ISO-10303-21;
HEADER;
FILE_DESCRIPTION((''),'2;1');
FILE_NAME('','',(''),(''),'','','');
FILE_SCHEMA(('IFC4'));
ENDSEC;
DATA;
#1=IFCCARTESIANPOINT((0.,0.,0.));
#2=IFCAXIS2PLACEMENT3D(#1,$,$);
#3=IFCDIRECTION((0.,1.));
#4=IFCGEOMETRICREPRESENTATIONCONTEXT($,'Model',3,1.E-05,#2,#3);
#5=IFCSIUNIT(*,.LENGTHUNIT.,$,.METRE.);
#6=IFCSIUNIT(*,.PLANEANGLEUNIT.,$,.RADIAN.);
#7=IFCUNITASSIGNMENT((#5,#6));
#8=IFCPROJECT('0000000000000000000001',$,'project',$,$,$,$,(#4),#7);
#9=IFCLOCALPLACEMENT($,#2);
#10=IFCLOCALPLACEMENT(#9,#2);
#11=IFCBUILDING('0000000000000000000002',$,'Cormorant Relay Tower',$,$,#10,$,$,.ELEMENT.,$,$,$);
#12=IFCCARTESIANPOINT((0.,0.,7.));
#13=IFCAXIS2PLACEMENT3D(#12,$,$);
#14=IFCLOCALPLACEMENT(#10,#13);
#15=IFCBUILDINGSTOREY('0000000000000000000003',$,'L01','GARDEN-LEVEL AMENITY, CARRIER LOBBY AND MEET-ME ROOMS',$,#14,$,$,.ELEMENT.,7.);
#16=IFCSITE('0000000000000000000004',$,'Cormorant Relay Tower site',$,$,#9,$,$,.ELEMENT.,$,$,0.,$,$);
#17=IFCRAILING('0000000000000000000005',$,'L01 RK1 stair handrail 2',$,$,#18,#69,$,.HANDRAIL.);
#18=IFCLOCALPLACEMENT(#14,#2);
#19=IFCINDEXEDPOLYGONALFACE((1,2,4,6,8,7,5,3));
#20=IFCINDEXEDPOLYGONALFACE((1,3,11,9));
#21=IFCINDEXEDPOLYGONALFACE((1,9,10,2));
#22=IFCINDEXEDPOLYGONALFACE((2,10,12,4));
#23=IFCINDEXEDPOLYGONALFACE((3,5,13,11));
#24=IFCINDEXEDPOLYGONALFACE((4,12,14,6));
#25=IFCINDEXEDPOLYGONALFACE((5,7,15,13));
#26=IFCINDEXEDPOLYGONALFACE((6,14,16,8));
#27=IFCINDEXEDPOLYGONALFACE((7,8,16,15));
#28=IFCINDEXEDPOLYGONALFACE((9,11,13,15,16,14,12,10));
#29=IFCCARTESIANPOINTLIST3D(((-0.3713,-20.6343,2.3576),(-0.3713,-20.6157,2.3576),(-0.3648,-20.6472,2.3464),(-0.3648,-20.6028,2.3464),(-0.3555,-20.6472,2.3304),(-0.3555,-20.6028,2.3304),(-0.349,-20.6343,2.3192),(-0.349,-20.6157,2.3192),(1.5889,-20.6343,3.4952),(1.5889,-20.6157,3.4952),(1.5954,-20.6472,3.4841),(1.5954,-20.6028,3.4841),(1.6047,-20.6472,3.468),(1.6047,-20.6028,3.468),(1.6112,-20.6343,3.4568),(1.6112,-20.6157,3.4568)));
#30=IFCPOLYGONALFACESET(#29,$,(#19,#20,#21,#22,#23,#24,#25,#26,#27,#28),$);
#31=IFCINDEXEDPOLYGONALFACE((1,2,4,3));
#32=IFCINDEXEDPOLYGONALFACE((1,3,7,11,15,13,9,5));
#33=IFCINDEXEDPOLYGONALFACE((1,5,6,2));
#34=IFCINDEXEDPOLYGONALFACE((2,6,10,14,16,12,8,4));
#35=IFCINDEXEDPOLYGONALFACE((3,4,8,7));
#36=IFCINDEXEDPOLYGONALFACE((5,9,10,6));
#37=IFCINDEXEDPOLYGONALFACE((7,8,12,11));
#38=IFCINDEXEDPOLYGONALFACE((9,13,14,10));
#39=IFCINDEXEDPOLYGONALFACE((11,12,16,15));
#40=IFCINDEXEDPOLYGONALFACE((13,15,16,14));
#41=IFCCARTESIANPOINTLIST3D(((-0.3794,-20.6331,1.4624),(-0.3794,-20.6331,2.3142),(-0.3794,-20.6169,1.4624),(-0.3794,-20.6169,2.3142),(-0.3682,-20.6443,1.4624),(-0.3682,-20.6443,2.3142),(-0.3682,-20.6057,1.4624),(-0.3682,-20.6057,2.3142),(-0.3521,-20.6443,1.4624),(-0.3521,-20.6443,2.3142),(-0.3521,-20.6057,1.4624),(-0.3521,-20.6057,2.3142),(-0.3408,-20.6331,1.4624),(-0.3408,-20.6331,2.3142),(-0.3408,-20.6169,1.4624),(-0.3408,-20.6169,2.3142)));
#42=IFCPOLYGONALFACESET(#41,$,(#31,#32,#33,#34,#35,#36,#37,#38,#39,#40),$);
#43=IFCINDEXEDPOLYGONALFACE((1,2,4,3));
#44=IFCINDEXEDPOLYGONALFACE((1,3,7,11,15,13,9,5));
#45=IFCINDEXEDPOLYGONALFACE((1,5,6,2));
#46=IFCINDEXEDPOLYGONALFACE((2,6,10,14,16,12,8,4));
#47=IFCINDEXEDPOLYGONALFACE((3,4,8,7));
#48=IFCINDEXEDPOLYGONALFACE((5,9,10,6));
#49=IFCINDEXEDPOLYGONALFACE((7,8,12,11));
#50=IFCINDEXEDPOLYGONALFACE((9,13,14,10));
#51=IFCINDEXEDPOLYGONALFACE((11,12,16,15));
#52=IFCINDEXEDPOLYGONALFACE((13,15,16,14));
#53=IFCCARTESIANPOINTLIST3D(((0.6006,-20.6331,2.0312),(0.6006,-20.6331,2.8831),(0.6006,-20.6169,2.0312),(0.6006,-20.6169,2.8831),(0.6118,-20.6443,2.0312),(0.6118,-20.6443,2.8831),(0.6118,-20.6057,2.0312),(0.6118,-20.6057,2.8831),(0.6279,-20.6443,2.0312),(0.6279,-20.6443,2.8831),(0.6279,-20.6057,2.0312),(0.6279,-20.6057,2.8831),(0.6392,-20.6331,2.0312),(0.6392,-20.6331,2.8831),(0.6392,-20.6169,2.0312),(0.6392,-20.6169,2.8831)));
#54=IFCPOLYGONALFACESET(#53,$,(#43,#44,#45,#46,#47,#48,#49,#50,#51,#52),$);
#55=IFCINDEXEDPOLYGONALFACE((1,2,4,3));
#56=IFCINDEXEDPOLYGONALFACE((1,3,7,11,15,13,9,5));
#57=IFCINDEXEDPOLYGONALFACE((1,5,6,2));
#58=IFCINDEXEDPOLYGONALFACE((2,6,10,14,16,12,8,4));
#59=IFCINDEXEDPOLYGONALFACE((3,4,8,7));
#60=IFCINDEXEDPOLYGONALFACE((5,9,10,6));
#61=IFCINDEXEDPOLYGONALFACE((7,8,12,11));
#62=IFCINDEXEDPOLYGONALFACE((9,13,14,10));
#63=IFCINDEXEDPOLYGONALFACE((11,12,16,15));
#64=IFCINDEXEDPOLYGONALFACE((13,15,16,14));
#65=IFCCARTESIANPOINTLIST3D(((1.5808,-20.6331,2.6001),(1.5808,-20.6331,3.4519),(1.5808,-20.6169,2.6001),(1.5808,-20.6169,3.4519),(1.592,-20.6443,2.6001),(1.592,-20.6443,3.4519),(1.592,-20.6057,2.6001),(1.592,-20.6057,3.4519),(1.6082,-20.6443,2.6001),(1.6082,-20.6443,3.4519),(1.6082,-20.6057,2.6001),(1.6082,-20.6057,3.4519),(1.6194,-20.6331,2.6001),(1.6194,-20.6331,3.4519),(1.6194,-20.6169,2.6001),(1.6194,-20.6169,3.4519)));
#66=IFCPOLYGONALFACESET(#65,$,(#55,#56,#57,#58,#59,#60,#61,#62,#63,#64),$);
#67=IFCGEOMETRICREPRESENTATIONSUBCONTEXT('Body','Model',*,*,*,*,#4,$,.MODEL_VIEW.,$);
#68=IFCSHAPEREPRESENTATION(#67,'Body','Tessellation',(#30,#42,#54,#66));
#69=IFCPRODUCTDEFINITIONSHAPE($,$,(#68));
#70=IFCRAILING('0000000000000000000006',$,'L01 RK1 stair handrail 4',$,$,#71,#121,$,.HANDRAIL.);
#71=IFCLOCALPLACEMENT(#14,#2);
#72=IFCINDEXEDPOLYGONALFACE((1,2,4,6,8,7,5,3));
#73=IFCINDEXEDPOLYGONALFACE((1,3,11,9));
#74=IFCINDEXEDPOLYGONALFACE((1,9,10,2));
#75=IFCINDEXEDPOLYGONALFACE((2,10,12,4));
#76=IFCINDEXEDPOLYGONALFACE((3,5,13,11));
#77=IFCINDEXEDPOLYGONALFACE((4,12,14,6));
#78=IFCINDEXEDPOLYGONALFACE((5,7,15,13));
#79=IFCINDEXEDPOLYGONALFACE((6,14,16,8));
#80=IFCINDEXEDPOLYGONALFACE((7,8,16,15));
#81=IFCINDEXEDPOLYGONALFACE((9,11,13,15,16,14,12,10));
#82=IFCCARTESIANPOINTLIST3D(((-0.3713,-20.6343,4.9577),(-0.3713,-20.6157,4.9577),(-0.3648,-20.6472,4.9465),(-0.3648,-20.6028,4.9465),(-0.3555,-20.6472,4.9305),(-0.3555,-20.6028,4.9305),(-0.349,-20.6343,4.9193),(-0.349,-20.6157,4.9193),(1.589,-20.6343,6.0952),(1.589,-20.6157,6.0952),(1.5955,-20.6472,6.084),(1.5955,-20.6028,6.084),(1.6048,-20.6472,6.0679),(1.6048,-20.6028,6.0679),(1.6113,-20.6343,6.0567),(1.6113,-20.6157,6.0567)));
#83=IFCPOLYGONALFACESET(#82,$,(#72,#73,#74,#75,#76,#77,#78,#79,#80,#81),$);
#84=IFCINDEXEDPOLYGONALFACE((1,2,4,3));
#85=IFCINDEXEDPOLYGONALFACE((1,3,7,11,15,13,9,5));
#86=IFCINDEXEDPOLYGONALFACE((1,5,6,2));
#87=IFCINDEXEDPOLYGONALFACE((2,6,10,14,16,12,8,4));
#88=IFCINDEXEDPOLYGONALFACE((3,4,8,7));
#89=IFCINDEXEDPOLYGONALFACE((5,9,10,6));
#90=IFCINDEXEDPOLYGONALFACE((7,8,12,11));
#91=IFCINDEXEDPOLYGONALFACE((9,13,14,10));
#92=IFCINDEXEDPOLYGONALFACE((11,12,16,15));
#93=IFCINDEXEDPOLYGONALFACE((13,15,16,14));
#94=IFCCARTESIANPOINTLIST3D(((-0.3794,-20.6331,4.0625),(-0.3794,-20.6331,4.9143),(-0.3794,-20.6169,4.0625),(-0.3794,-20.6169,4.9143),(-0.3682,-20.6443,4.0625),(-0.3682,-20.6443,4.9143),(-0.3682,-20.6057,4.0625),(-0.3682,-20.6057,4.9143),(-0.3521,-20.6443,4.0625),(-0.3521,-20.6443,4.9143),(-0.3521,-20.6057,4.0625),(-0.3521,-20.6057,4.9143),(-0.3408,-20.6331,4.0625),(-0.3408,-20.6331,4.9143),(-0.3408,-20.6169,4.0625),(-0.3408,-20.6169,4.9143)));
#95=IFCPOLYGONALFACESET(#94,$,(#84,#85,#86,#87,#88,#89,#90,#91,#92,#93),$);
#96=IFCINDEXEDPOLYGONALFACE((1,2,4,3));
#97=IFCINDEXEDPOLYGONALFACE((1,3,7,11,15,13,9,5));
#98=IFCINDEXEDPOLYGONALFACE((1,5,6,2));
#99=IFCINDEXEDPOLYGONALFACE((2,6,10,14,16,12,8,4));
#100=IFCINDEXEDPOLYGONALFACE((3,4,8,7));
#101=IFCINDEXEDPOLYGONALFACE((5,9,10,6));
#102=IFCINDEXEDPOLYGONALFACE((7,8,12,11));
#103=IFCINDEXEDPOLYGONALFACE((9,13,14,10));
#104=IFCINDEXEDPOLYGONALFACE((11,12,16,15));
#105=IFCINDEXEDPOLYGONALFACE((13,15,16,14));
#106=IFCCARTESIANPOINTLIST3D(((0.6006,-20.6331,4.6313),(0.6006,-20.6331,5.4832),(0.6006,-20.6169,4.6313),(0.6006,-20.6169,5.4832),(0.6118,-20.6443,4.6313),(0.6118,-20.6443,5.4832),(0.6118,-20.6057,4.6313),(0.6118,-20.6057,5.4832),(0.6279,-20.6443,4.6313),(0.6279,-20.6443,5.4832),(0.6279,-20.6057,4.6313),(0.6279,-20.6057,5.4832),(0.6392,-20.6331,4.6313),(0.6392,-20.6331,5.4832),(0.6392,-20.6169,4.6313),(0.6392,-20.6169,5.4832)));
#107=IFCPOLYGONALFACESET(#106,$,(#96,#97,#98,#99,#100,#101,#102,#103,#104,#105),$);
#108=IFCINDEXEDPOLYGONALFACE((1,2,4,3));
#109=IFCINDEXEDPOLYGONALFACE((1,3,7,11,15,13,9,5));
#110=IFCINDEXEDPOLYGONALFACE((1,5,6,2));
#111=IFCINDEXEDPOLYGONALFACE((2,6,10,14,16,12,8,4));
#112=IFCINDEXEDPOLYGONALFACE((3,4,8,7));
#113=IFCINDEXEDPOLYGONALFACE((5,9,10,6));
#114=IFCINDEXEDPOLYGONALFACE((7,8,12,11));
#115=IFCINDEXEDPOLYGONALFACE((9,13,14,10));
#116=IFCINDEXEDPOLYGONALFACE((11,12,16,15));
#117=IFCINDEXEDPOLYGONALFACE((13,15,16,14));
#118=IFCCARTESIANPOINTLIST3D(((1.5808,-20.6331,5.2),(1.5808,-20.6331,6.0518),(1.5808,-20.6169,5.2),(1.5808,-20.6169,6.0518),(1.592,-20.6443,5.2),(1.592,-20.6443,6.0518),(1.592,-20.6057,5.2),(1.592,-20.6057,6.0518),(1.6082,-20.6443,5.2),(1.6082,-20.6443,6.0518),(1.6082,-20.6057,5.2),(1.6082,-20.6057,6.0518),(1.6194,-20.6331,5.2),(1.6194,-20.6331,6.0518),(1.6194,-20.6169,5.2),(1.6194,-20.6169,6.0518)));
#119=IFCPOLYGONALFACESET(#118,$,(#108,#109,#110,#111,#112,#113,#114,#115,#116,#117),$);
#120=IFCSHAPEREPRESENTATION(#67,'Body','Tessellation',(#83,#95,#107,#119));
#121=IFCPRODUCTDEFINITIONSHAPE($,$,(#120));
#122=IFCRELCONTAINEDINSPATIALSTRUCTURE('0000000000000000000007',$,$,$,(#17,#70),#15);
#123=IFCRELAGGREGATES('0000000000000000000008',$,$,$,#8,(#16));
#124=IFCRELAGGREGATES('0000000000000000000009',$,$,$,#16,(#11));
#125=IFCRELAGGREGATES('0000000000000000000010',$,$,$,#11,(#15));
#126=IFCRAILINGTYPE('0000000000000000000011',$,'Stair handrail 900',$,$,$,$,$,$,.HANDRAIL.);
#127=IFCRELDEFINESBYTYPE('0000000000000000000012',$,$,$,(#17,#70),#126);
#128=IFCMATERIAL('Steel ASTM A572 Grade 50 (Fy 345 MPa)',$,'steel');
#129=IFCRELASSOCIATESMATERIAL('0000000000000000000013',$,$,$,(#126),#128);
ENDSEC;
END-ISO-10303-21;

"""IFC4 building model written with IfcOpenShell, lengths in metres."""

from ifc_helpers import new_model, si_unit, direction, frame, origin, place, context, subcontext, project, spatial, polyline, outline, extrude, material, type_object, element, save


model = new_model("IFC4")

# Units and contexts
model_context = context("Model", 3, precision=1e-05, world=origin(), true_north=direction((0.0, 1.0)))
body_context = subcontext(model_context, "Body", "Model", "MODEL_VIEW")
ifc_project = project(units=[si_unit("LENGTHUNIT", "METRE"), si_unit("PLANEANGLEUNIT", "RADIAN")], contexts=[model_context])

# Site, building, storey
site_placement = place(None, origin())
site = spatial("IfcSite", under=ifc_project, at=site_placement, Name="Cormorant Relay Tower site", CompositionType="ELEMENT", RefElevation=0.0)
building_placement = place(site_placement, origin())
building = spatial("IfcBuilding", under=site, at=building_placement, Name="Cormorant Relay Tower", CompositionType="ELEMENT")
storey_placement = place(building_placement, frame((0.0, 0.0, 7.0)))
storey = spatial("IfcBuildingStorey", under=building, at=storey_placement, Name="L01", Description="GARDEN-LEVEL AMENITY, CARRIER LOBBY AND MEET-ME ROOMS", CompositionType="ELEMENT", Elevation=7.0)

# Railings
ifc_material_1 = material(Name="Steel ASTM A572 Grade 50 (Fy 345 MPa)", Category="steel")
railing_type_1 = type_object("IfcRailingType", Name="Stair handrail 900", PredefinedType="HANDRAIL", material=ifc_material_1)
railing_1_placement = place(storey_placement, frame((-0.3601, -20.625, 1.4624)))
element("IfcRailing", 1, at=railing_1_placement, inside=storey, type_object=railing_type_1, Name="L01 RK1 stair handrail 2", PredefinedType="HANDRAIL", context=body_context, shape_type="SweptSolid", body=[
    extrude(outline(polyline([(0.0222, 0.0093), (0.0093, 0.0222), (-0.0093, 0.0222), (-0.0222, 0.0093), (-0.0222, -0.0093), (-0.0093, -0.0222), (0.0093, -0.0222), (0.0222, -0.0093), (0.0222, 0.0093)])), frame((0.0, 0.0, 0.876), z_axis=(0.864882, 0.0, 0.501974), x_axis=(0.0, 1.0, 0.0)), (0.0, 0.0, 1.0), 2.2664),
    extrude(outline(polyline([(0.0193, 0.0081), (0.0081, 0.0193), (-0.0081, 0.0193), (-0.0193, 0.0081), (-0.0193, -0.0081), (-0.0081, -0.0193), (0.0081, -0.0193), (0.0193, -0.0081), (0.0193, 0.0081)])), origin(), (0.0, 0.0, 1.0), 0.8518),
    extrude(outline(polyline([(0.0193, 0.0081), (0.0081, 0.0193), (-0.0081, 0.0193), (-0.0193, 0.0081), (-0.0193, -0.0081), (-0.0081, -0.0193), (0.0081, -0.0193), (0.0193, -0.0081), (0.0193, 0.0081)])), frame((0.98, 0.0, 0.5688)), (0.0, 0.0, 1.0), 0.8518),
    extrude(outline(polyline([(0.0193, 0.0081), (0.0081, 0.0193), (-0.0081, 0.0193), (-0.0193, 0.0081), (-0.0193, -0.0081), (-0.0081, -0.0193), (0.0081, -0.0193), (0.0193, -0.0081), (0.0193, 0.0081)])), frame((1.9602, 0.0, 1.1377)), (0.0, 0.0, 1.0), 0.8518),
])
railing_2_placement = place(storey_placement, frame((-0.3601, -20.625, 4.0625)))
element("IfcRailing", 2, at=railing_2_placement, inside=storey, type_object=railing_type_1, Name="L01 RK1 stair handrail 4", PredefinedType="HANDRAIL", context=body_context, shape_type="SweptSolid", body=[
    extrude(outline(polyline([(0.0222, 0.0093), (0.0093, 0.0222), (-0.0093, 0.0222), (-0.0222, 0.0093), (-0.0222, -0.0093), (-0.0093, -0.0222), (0.0093, -0.0222), (0.0222, -0.0093), (0.0222, 0.0093)])), frame((0.0, 0.0, 0.876), z_axis=(0.864929, 0.0, 0.501894), x_axis=(0.0, 1.0, 0.0)), (0.0, 0.0, 1.0), 2.2664),
    extrude(outline(polyline([(0.0193, 0.0081), (0.0081, 0.0193), (-0.0081, 0.0193), (-0.0193, 0.0081), (-0.0193, -0.0081), (-0.0081, -0.0193), (0.0081, -0.0193), (0.0193, -0.0081), (0.0193, 0.0081)])), origin(), (0.0, 0.0, 1.0), 0.8518),
    extrude(outline(polyline([(0.0193, 0.0081), (0.0081, 0.0193), (-0.0081, 0.0193), (-0.0193, 0.0081), (-0.0193, -0.0081), (-0.0081, -0.0193), (0.0081, -0.0193), (0.0193, -0.0081), (0.0193, 0.0081)])), frame((0.98, 0.0, 0.5688)), (0.0, 0.0, 1.0), 0.8518),
    extrude(outline(polyline([(0.0193, 0.0081), (0.0081, 0.0193), (-0.0081, 0.0193), (-0.0193, 0.0081), (-0.0193, -0.0081), (-0.0081, -0.0193), (0.0081, -0.0193), (0.0193, -0.0081), (0.0193, 0.0081)])), frame((1.9602, 0.0, 1.1375)), (0.0, 0.0, 1.0), 0.8518),
])

save(model, "model.ifc")
